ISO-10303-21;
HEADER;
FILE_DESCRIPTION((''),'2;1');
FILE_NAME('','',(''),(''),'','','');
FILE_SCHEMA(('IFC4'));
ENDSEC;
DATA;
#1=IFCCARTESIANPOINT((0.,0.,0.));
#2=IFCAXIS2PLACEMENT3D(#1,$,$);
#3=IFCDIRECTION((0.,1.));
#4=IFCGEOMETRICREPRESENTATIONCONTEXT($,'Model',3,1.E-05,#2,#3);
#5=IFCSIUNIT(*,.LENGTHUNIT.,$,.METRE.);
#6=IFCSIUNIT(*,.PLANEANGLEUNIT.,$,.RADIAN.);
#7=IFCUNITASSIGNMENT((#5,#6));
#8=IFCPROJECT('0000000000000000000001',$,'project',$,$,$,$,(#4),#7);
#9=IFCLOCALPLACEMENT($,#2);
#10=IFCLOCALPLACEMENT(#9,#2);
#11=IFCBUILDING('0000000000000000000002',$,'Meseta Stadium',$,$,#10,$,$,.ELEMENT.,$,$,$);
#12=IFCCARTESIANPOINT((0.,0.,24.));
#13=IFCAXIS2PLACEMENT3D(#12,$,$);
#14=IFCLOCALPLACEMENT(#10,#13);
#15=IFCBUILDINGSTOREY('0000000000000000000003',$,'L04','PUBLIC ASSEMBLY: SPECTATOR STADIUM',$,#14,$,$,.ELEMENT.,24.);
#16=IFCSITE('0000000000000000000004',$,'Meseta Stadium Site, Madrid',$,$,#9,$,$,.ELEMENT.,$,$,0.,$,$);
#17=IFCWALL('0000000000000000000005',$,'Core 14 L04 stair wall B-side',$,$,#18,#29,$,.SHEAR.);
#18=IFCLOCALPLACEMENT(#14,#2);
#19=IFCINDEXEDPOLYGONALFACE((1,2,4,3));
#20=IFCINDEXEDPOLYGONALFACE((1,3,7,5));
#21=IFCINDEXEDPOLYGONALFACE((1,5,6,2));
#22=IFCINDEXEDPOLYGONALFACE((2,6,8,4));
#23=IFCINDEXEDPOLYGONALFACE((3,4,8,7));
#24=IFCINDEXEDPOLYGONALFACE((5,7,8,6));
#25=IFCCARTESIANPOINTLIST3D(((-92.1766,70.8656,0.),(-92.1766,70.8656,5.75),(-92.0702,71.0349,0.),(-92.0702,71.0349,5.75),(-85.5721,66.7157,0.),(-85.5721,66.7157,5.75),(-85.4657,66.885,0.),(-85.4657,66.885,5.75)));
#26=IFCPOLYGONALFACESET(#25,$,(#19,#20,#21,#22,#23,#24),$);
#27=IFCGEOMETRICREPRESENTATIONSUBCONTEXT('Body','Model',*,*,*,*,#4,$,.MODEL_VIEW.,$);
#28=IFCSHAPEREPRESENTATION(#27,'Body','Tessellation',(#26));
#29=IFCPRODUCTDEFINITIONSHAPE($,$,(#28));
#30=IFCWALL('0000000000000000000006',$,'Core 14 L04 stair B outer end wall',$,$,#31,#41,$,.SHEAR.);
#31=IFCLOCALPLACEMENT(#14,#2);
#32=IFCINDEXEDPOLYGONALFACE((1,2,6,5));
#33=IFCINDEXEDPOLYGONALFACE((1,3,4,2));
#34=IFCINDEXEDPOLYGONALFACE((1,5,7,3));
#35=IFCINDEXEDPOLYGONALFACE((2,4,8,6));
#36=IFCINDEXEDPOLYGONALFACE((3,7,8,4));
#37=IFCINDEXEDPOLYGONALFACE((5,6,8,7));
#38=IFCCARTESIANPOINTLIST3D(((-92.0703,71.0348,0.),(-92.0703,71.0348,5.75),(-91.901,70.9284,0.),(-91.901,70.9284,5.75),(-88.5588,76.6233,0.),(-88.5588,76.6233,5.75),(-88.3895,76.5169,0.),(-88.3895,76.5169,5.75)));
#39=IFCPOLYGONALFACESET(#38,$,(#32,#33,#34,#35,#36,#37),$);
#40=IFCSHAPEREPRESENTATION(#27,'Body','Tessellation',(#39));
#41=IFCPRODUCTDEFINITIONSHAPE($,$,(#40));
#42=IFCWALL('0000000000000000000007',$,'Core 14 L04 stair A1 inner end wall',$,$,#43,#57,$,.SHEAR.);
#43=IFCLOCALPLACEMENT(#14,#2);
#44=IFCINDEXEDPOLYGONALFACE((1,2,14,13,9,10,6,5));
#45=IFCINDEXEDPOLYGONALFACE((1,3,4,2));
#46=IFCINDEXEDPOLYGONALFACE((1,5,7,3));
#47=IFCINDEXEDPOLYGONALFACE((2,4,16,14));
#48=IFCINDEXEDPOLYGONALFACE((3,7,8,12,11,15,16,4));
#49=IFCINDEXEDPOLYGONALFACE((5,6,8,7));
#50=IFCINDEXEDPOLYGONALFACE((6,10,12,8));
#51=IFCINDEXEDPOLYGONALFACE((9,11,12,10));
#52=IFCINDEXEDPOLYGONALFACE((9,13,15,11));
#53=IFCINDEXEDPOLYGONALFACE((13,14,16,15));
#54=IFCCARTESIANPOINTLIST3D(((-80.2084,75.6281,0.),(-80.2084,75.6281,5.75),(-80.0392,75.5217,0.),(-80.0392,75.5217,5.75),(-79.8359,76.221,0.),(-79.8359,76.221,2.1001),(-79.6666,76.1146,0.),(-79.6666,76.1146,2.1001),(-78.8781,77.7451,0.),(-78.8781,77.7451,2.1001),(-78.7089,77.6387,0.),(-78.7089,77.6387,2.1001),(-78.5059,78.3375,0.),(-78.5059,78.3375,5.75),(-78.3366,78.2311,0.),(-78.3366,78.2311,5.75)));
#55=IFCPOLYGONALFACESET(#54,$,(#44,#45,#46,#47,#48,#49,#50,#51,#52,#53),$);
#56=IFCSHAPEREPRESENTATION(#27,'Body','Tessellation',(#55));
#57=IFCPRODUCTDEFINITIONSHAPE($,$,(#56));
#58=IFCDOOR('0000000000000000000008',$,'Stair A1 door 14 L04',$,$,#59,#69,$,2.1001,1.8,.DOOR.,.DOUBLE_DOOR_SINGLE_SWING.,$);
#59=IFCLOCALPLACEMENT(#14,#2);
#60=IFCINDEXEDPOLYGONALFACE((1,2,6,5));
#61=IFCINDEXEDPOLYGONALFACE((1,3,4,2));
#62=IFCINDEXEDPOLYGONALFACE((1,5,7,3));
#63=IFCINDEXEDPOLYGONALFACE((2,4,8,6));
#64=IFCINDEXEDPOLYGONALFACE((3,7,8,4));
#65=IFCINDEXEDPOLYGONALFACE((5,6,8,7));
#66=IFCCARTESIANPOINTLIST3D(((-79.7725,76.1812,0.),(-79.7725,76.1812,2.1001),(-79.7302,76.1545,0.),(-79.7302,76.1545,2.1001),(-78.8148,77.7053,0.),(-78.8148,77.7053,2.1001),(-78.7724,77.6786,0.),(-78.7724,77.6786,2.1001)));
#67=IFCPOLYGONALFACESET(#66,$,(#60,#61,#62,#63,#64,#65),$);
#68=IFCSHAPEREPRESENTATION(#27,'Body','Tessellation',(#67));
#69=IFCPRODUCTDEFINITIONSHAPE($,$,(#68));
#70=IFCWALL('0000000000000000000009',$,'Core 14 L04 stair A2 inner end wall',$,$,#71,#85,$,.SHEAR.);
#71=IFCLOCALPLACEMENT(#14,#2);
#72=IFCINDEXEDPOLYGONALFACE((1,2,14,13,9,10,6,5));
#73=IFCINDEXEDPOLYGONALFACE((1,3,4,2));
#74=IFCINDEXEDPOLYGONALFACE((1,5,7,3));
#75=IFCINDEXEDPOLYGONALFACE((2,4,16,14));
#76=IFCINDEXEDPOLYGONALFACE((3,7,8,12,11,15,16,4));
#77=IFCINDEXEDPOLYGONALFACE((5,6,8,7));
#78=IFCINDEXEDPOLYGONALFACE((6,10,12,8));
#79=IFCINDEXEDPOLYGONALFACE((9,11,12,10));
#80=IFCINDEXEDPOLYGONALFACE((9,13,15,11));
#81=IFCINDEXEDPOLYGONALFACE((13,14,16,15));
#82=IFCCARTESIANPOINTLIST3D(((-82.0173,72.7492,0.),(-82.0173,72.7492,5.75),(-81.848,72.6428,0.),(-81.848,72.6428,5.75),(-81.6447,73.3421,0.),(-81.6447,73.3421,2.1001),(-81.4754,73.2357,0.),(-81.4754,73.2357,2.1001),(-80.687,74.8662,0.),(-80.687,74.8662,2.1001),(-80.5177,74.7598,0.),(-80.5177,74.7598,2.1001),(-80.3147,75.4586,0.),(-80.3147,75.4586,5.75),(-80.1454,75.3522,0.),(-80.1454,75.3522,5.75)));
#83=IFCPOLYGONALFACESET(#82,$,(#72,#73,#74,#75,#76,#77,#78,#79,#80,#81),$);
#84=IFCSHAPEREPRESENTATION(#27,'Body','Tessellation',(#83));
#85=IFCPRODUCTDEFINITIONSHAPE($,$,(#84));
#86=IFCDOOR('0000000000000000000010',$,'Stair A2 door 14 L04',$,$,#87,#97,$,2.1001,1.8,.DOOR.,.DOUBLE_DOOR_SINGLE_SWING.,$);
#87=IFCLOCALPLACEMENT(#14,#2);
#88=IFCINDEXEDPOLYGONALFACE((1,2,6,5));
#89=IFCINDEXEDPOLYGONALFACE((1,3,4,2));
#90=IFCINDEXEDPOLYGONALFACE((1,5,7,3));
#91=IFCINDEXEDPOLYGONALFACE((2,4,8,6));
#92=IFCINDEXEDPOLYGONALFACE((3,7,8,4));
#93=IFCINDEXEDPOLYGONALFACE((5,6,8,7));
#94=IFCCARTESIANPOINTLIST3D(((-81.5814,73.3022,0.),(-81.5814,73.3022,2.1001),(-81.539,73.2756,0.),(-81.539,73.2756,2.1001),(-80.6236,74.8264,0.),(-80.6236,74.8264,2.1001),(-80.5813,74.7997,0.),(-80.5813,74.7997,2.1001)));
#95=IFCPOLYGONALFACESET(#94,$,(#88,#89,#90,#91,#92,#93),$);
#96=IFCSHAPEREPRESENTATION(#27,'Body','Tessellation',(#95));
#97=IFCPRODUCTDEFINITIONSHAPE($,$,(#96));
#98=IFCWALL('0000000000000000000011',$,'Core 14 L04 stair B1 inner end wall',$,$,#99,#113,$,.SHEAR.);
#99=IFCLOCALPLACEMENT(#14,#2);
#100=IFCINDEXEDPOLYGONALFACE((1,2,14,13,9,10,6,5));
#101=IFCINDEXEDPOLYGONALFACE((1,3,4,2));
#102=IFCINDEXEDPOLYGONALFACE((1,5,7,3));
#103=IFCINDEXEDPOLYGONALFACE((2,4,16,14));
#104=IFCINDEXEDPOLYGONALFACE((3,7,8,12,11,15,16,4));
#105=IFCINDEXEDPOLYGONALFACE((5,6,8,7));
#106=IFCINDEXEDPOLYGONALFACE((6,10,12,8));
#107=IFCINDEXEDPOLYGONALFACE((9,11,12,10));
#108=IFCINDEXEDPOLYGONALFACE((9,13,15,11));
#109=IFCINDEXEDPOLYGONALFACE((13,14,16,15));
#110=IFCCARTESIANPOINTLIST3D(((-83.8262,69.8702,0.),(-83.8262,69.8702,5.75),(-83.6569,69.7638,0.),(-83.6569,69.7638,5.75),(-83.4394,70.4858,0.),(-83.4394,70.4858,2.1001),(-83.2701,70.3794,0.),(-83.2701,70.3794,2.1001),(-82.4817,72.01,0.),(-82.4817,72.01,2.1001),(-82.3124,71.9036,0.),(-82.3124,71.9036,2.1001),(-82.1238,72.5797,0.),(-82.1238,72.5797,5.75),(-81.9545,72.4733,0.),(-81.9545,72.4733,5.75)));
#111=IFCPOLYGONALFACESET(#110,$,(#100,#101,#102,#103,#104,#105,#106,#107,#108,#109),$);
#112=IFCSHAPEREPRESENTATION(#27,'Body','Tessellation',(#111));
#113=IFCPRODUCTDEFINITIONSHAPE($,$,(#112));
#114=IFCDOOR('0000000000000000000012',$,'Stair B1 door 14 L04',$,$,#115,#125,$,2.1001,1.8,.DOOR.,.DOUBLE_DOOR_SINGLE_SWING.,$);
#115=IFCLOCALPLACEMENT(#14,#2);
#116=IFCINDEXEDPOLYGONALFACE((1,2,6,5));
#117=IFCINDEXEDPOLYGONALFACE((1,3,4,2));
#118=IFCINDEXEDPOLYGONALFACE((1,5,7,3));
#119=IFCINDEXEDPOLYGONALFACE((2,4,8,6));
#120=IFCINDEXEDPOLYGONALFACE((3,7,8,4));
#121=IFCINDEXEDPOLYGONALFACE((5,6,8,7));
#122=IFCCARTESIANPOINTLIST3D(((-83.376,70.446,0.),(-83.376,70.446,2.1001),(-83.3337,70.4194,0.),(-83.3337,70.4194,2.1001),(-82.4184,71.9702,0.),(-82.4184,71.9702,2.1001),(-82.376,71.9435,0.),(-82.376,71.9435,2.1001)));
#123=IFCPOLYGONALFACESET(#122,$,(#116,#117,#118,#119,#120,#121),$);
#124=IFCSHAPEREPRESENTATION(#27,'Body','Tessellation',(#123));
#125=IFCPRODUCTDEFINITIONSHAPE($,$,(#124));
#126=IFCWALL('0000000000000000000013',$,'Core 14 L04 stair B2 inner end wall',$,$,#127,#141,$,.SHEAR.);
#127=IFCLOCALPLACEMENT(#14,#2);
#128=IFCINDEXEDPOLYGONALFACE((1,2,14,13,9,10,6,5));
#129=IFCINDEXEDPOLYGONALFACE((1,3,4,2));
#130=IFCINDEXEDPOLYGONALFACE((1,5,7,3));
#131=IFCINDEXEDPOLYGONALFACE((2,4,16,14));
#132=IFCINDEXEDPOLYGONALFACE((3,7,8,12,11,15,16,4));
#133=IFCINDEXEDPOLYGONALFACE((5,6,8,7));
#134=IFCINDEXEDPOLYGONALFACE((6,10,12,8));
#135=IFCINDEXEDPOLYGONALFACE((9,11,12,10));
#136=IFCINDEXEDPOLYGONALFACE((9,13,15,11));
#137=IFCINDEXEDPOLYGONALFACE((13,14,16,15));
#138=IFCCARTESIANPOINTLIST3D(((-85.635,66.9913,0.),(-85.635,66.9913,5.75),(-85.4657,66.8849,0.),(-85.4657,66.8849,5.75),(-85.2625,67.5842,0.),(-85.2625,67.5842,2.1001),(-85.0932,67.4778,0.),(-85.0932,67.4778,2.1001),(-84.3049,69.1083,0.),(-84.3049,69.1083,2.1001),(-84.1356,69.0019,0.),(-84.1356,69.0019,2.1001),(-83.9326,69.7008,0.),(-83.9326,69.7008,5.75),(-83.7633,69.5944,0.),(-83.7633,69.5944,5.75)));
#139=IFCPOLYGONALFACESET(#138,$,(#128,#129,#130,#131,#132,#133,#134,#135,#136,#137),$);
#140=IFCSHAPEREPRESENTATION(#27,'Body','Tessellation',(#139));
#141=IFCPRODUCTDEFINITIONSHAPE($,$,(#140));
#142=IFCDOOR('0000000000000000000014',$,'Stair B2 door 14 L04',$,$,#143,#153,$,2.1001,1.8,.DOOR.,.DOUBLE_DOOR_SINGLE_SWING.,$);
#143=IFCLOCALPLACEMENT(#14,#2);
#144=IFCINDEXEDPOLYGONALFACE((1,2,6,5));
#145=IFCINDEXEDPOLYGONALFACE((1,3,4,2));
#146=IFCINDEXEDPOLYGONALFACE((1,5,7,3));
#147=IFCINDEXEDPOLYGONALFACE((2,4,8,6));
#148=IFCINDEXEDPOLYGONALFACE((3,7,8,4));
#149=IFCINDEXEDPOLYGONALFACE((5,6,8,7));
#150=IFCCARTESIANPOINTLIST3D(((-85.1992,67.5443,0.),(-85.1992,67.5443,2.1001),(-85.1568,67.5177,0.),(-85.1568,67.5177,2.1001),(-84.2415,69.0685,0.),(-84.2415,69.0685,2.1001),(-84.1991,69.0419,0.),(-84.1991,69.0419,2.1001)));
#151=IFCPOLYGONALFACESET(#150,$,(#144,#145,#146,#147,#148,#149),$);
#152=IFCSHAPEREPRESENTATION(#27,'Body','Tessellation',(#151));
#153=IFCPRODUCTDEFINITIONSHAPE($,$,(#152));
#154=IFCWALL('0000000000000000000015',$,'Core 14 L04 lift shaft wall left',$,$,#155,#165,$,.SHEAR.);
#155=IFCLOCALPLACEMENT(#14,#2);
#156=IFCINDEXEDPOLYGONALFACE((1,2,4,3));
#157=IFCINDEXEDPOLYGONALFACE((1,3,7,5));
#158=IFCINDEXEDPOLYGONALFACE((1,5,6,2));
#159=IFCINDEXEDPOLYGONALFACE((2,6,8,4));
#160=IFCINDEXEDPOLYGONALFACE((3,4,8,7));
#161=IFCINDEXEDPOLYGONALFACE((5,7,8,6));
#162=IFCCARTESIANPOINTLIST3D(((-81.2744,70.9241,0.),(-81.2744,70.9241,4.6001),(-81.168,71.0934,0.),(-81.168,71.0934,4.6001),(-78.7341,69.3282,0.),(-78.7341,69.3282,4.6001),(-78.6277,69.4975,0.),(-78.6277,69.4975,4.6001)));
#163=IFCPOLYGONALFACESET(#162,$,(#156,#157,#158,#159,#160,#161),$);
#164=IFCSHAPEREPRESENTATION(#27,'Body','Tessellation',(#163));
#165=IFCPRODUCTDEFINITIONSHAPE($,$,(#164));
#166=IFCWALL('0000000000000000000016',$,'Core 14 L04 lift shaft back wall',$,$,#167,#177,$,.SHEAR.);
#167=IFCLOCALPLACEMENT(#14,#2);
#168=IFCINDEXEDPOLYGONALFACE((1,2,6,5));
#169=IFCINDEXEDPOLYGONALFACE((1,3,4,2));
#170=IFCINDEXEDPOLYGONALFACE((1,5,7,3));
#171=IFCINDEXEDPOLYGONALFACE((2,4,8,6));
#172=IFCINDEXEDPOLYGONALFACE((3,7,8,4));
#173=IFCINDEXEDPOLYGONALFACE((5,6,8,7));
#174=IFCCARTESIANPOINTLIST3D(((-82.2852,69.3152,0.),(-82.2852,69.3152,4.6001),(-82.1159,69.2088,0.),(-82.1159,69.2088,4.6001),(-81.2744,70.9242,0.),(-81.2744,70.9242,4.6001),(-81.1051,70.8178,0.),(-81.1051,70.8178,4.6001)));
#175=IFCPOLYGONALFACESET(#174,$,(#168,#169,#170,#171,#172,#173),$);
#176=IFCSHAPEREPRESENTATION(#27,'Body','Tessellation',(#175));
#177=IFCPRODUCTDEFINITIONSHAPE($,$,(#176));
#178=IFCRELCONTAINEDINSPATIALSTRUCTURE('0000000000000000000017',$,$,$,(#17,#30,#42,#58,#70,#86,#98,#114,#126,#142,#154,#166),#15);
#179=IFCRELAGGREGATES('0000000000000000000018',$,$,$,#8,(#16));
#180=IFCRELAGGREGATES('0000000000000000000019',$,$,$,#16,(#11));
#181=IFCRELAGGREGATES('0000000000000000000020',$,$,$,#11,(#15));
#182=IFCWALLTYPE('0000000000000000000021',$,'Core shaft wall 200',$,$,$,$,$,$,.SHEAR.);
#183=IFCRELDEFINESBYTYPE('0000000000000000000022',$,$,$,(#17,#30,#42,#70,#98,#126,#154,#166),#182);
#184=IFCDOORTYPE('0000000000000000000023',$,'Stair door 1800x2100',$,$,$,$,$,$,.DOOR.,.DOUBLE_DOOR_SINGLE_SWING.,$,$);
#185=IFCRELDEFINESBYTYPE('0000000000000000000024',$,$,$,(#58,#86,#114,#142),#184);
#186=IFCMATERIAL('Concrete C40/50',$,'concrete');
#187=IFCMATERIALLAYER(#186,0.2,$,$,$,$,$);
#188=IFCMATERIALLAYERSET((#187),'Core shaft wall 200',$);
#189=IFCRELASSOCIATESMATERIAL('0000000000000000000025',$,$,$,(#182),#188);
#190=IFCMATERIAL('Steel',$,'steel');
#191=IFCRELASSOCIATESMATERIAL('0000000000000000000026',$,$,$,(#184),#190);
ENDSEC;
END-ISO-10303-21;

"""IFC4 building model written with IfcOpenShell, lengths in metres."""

from ifc_helpers import new_model, si_unit, direction, frame, frame_2d, origin, place, context, subcontext, project, spatial, rectangle, extrude, material, layer, layer_set, type_object, element, fill, save


model = new_model("IFC4")

# Units and contexts
model_context = context("Model", 3, precision=1e-05, world=origin(), true_north=direction((0.0, 1.0)))
body_context = subcontext(model_context, "Body", "Model", "MODEL_VIEW")
ifc_project = project(units=[si_unit("LENGTHUNIT", "METRE"), si_unit("PLANEANGLEUNIT", "RADIAN")], contexts=[model_context])

# Site, building, storey
site_placement = place(None, origin())
site = spatial("IfcSite", under=ifc_project, at=site_placement, Name="Meseta Stadium Site, Madrid", CompositionType="ELEMENT", RefElevation=0.0)
building_placement = place(site_placement, origin())
building = spatial("IfcBuilding", under=site, at=building_placement, Name="Meseta Stadium", CompositionType="ELEMENT")
storey_placement = place(building_placement, frame((0.0, 0.0, 24.0)))
storey = spatial("IfcBuildingStorey", under=building, at=storey_placement, Name="L04", Description="PUBLIC ASSEMBLY: SPECTATOR STADIUM", CompositionType="ELEMENT", Elevation=24.0)

# Walls
ifc_material_1 = material(Name="Concrete C40/50", Category="concrete")
ifc_layer_1 = layer(ifc_material_1, 0.2)
ifc_layer_set_1 = layer_set([ifc_layer_1], Name="Core shaft wall 200")
wall_type_1 = type_object("IfcWallType", Name="Core shaft wall 200", PredefinedType="SHEAR", material=ifc_layer_set_1)
for number, where, z_axis, x_axis, name in (
    (1, (-92.1233, 70.9502, 0.0), (0.0, 0.0, 1.0), (0.846723, -0.532034, 0.0), "Core 14 L04 stair wall B-side"),
):
    element("IfcWall", number, at=place(storey_placement, frame(where, z_axis=z_axis, x_axis=x_axis)), inside=storey, type_object=wall_type_1, Name=name, PredefinedType="SHEAR", context=body_context, shape_type="SweptSolid", body=[
        extrude(rectangle(XDim=7.8, YDim=0.2, at=frame_2d((3.8999, 0.0))), origin(), (0.0, 0.0, 1.0), 5.75),
    ])
wall_1_placement = place(storey_placement, frame((-88.4741, 76.5701, 0.0), z_axis=(0.0, 0.0, 1.0), x_axis=(-0.532039, -0.84672, 0.0)))
element("IfcWall", 2, at=wall_1_placement, inside=storey, type_object=wall_type_1, Name="Core 14 L04 stair B outer end wall", PredefinedType="SHEAR", context=body_context, shape_type="SweptSolid", body=[
    extrude(rectangle(XDim=6.6001, YDim=0.2, at=frame_2d((3.3, 0.0))), origin(), (0.0, 0.0, 1.0), 5.75),
])

# Walls, openings, doors
wall_2_placement = place(storey_placement, frame((-78.4211, 78.2844, 0.0), z_axis=(0.0, 0.0, 1.0), x_axis=(-0.532068, -0.846701, 0.0)))
wall_2 = element("IfcWall", 3, at=wall_2_placement, inside=storey, type_object=wall_type_1, Name="Core 14 L04 stair A1 inner end wall", PredefinedType="SHEAR", context=body_context, shape_type="SweptSolid", body=[
    extrude(rectangle(XDim=3.2, YDim=0.2, at=frame_2d((1.6001, 0.0))), origin(), (0.0, 0.0, 1.0), 5.75),
])
opening_1_placement = place(wall_2_placement, frame((0.7, 0.0, 0.0)))
opening_1 = element("IfcOpeningElement", 4, at=opening_1_placement, cuts=wall_2, PredefinedType="OPENING", context=body_context, shape_type="SweptSolid", body=[
    extrude(rectangle(XDim=1.8, YDim=2.1001, at=frame_2d((0.8999, 1.05))), frame((0.0, 0.1099, 0.0), z_axis=(0.0, -1.0, 0.0), x_axis=(1.0, 0.0, 0.0)), (0.0, 0.0, 1.0), 0.22),
])
ifc_material_2 = material(Name="Steel", Category="steel")
door_type_1 = type_object("IfcDoorType", Name="Stair door 1800x2100", OperationType="DOUBLE_DOOR_SINGLE_SWING", PredefinedType="DOOR", material=ifc_material_2)
door_1_placement = place(opening_1_placement, origin())
door_1 = element("IfcDoor", 5, at=door_1_placement, inside=storey, type_object=door_type_1, Name="Stair A1 door 14 L04", OperationType="DOUBLE_DOOR_SINGLE_SWING", OverallHeight=2.1001, OverallWidth=1.8, PredefinedType="DOOR", context=body_context, shape_type="SweptSolid", body=[
    extrude(rectangle(XDim=1.8, YDim=2.1001, at=frame_2d((0.8999, 1.05))), frame((0.0, 0.0249, 0.0), z_axis=(0.0, -1.0, 0.0), x_axis=(1.0, 0.0, 0.0)), (0.0, 0.0, 1.0), 0.05),
])
fill(opening_1, door_1)
wall_3_placement = place(storey_placement, frame((-80.23, 75.4055, 0.0), z_axis=(0.0, 0.0, 1.0), x_axis=(-0.532068, -0.846701, 0.0)))
wall_3 = element("IfcWall", 6, at=wall_3_placement, inside=storey, type_object=wall_type_1, Name="Core 14 L04 stair A2 inner end wall", PredefinedType="SHEAR", context=body_context, shape_type="SweptSolid", body=[
    extrude(rectangle(XDim=3.2, YDim=0.2, at=frame_2d((1.6001, 0.0))), origin(), (0.0, 0.0, 1.0), 5.75),
])
opening_2_placement = place(wall_3_placement, frame((0.7, 0.0, 0.0)))
opening_2 = element("IfcOpeningElement", 7, at=opening_2_placement, cuts=wall_3, PredefinedType="OPENING", context=body_context, shape_type="SweptSolid", body=[
    extrude(rectangle(XDim=1.8, YDim=2.1001, at=frame_2d((0.8999, 1.05))), frame((0.0, 0.1099, 0.0), z_axis=(0.0, -1.0, 0.0), x_axis=(1.0, 0.0, 0.0)), (0.0, 0.0, 1.0), 0.22),
])
door_2_placement = place(opening_2_placement, origin())
door_2 = element("IfcDoor", 8, at=door_2_placement, inside=storey, type_object=door_type_1, Name="Stair A2 door 14 L04", OperationType="DOUBLE_DOOR_SINGLE_SWING", OverallHeight=2.1001, OverallWidth=1.8, PredefinedType="DOOR", context=body_context, shape_type="SweptSolid", body=[
    extrude(rectangle(XDim=1.8, YDim=2.1001, at=frame_2d((0.8999, 1.05))), frame((0.0, 0.0249, 0.0), z_axis=(0.0, -1.0, 0.0), x_axis=(1.0, 0.0, 0.0)), (0.0, 0.0, 1.0), 0.05),
])
fill(opening_2, door_2)
wall_4_placement = place(storey_placement, frame((-82.0391, 72.5266, 0.0), z_axis=(0.0, 0.0, 1.0), x_axis=(-0.532014, -0.846736, 0.0)))
wall_4 = element("IfcWall", 9, at=wall_4_placement, inside=storey, type_object=wall_type_1, Name="Core 14 L04 stair B1 inner end wall", PredefinedType="SHEAR", context=body_context, shape_type="SweptSolid", body=[
    extrude(rectangle(XDim=3.2, YDim=0.2, at=frame_2d((1.6001, 0.0))), origin(), (0.0, 0.0, 1.0), 5.75),
])
opening_3_placement = place(wall_4_placement, frame((0.6731, 0.0, 0.0)))
opening_3 = element("IfcOpeningElement", 10, at=opening_3_placement, cuts=wall_4, PredefinedType="OPENING", context=body_context, shape_type="SweptSolid", body=[
    extrude(rectangle(XDim=1.8, YDim=2.1001, at=frame_2d((0.8999, 1.05))), frame((0.0, 0.1099, 0.0), z_axis=(0.0, -1.0, 0.0), x_axis=(1.0, 0.0, 0.0)), (0.0, 0.0, 1.0), 0.22),
])
door_3_placement = place(opening_3_placement, origin())
door_3 = element("IfcDoor", 11, at=door_3_placement, inside=storey, type_object=door_type_1, Name="Stair B1 door 14 L04", OperationType="DOUBLE_DOOR_SINGLE_SWING", OverallHeight=2.1001, OverallWidth=1.8, PredefinedType="DOOR", context=body_context, shape_type="SweptSolid", body=[
    extrude(rectangle(XDim=1.8, YDim=2.1001, at=frame_2d((0.8999, 1.05))), frame((0.0, 0.0249, 0.0), z_axis=(0.0, -1.0, 0.0), x_axis=(1.0, 0.0, 0.0)), (0.0, 0.0, 1.0), 0.05),
])
fill(opening_3, door_3)
wall_5_placement = place(storey_placement, frame((-83.8479, 69.6477, 0.0), z_axis=(0.0, 0.0, 1.0), x_axis=(-0.532014, -0.846736, 0.0)))
wall_5 = element("IfcWall", 12, at=wall_5_placement, inside=storey, type_object=wall_type_1, Name="Core 14 L04 stair B2 inner end wall", PredefinedType="SHEAR", context=body_context, shape_type="SweptSolid", body=[
    extrude(rectangle(XDim=3.2, YDim=0.2, at=frame_2d((1.6001, 0.0))), origin(), (0.0, 0.0, 1.0), 5.75),
])
opening_4_placement = place(wall_5_placement, frame((0.7, 0.0, 0.0)))
opening_4 = element("IfcOpeningElement", 13, at=opening_4_placement, cuts=wall_5, PredefinedType="OPENING", context=body_context, shape_type="SweptSolid", body=[
    extrude(rectangle(XDim=1.8, YDim=2.1001, at=frame_2d((0.8999, 1.05))), frame((0.0, 0.1099, 0.0), z_axis=(0.0, -1.0, 0.0), x_axis=(1.0, 0.0, 0.0)), (0.0, 0.0, 1.0), 0.22),
])
door_4_placement = place(opening_4_placement, origin())
door_4 = element("IfcDoor", 14, at=door_4_placement, inside=storey, type_object=door_type_1, Name="Stair B2 door 14 L04", OperationType="DOUBLE_DOOR_SINGLE_SWING", OverallHeight=2.1001, OverallWidth=1.8, PredefinedType="DOOR", context=body_context, shape_type="SweptSolid", body=[
    extrude(rectangle(XDim=1.8, YDim=2.1001, at=frame_2d((0.8999, 1.05))), frame((0.0, 0.0249, 0.0), z_axis=(0.0, -1.0, 0.0), x_axis=(1.0, 0.0, 0.0)), (0.0, 0.0, 1.0), 0.05),
])
fill(opening_4, door_4)

# Walls
wall_6_placement = place(storey_placement, frame((-81.2212, 71.0088, 0.0), z_axis=(0.0, 0.0, 1.0), x_axis=(0.846757, -0.53198, 0.0)))
element("IfcWall", 15, at=wall_6_placement, inside=storey, type_object=wall_type_1, Name="Core 14 L04 lift shaft wall left", PredefinedType="SHEAR", context=body_context, shape_type="SweptSolid", body=[
    extrude(rectangle(XDim=3.0, YDim=0.2, at=frame_2d((1.5, 0.0))), origin(), (0.0, 0.0, 1.0), 4.6001),
])
wall_7_placement = place(storey_placement, frame((-81.1897, 70.8711, 0.0), z_axis=(0.0, 0.0, 1.0), x_axis=(-0.531961, -0.846769, 0.0)))
element("IfcWall", 16, at=wall_7_placement, inside=storey, type_object=wall_type_1, Name="Core 14 L04 lift shaft back wall", PredefinedType="SHEAR", context=body_context, shape_type="SweptSolid", body=[
    extrude(rectangle(XDim=1.9001, YDim=0.2, at=frame_2d((0.9502, 0.0))), origin(), (0.0, 0.0, 1.0), 4.6001),
])

save(model, "model.ifc")
